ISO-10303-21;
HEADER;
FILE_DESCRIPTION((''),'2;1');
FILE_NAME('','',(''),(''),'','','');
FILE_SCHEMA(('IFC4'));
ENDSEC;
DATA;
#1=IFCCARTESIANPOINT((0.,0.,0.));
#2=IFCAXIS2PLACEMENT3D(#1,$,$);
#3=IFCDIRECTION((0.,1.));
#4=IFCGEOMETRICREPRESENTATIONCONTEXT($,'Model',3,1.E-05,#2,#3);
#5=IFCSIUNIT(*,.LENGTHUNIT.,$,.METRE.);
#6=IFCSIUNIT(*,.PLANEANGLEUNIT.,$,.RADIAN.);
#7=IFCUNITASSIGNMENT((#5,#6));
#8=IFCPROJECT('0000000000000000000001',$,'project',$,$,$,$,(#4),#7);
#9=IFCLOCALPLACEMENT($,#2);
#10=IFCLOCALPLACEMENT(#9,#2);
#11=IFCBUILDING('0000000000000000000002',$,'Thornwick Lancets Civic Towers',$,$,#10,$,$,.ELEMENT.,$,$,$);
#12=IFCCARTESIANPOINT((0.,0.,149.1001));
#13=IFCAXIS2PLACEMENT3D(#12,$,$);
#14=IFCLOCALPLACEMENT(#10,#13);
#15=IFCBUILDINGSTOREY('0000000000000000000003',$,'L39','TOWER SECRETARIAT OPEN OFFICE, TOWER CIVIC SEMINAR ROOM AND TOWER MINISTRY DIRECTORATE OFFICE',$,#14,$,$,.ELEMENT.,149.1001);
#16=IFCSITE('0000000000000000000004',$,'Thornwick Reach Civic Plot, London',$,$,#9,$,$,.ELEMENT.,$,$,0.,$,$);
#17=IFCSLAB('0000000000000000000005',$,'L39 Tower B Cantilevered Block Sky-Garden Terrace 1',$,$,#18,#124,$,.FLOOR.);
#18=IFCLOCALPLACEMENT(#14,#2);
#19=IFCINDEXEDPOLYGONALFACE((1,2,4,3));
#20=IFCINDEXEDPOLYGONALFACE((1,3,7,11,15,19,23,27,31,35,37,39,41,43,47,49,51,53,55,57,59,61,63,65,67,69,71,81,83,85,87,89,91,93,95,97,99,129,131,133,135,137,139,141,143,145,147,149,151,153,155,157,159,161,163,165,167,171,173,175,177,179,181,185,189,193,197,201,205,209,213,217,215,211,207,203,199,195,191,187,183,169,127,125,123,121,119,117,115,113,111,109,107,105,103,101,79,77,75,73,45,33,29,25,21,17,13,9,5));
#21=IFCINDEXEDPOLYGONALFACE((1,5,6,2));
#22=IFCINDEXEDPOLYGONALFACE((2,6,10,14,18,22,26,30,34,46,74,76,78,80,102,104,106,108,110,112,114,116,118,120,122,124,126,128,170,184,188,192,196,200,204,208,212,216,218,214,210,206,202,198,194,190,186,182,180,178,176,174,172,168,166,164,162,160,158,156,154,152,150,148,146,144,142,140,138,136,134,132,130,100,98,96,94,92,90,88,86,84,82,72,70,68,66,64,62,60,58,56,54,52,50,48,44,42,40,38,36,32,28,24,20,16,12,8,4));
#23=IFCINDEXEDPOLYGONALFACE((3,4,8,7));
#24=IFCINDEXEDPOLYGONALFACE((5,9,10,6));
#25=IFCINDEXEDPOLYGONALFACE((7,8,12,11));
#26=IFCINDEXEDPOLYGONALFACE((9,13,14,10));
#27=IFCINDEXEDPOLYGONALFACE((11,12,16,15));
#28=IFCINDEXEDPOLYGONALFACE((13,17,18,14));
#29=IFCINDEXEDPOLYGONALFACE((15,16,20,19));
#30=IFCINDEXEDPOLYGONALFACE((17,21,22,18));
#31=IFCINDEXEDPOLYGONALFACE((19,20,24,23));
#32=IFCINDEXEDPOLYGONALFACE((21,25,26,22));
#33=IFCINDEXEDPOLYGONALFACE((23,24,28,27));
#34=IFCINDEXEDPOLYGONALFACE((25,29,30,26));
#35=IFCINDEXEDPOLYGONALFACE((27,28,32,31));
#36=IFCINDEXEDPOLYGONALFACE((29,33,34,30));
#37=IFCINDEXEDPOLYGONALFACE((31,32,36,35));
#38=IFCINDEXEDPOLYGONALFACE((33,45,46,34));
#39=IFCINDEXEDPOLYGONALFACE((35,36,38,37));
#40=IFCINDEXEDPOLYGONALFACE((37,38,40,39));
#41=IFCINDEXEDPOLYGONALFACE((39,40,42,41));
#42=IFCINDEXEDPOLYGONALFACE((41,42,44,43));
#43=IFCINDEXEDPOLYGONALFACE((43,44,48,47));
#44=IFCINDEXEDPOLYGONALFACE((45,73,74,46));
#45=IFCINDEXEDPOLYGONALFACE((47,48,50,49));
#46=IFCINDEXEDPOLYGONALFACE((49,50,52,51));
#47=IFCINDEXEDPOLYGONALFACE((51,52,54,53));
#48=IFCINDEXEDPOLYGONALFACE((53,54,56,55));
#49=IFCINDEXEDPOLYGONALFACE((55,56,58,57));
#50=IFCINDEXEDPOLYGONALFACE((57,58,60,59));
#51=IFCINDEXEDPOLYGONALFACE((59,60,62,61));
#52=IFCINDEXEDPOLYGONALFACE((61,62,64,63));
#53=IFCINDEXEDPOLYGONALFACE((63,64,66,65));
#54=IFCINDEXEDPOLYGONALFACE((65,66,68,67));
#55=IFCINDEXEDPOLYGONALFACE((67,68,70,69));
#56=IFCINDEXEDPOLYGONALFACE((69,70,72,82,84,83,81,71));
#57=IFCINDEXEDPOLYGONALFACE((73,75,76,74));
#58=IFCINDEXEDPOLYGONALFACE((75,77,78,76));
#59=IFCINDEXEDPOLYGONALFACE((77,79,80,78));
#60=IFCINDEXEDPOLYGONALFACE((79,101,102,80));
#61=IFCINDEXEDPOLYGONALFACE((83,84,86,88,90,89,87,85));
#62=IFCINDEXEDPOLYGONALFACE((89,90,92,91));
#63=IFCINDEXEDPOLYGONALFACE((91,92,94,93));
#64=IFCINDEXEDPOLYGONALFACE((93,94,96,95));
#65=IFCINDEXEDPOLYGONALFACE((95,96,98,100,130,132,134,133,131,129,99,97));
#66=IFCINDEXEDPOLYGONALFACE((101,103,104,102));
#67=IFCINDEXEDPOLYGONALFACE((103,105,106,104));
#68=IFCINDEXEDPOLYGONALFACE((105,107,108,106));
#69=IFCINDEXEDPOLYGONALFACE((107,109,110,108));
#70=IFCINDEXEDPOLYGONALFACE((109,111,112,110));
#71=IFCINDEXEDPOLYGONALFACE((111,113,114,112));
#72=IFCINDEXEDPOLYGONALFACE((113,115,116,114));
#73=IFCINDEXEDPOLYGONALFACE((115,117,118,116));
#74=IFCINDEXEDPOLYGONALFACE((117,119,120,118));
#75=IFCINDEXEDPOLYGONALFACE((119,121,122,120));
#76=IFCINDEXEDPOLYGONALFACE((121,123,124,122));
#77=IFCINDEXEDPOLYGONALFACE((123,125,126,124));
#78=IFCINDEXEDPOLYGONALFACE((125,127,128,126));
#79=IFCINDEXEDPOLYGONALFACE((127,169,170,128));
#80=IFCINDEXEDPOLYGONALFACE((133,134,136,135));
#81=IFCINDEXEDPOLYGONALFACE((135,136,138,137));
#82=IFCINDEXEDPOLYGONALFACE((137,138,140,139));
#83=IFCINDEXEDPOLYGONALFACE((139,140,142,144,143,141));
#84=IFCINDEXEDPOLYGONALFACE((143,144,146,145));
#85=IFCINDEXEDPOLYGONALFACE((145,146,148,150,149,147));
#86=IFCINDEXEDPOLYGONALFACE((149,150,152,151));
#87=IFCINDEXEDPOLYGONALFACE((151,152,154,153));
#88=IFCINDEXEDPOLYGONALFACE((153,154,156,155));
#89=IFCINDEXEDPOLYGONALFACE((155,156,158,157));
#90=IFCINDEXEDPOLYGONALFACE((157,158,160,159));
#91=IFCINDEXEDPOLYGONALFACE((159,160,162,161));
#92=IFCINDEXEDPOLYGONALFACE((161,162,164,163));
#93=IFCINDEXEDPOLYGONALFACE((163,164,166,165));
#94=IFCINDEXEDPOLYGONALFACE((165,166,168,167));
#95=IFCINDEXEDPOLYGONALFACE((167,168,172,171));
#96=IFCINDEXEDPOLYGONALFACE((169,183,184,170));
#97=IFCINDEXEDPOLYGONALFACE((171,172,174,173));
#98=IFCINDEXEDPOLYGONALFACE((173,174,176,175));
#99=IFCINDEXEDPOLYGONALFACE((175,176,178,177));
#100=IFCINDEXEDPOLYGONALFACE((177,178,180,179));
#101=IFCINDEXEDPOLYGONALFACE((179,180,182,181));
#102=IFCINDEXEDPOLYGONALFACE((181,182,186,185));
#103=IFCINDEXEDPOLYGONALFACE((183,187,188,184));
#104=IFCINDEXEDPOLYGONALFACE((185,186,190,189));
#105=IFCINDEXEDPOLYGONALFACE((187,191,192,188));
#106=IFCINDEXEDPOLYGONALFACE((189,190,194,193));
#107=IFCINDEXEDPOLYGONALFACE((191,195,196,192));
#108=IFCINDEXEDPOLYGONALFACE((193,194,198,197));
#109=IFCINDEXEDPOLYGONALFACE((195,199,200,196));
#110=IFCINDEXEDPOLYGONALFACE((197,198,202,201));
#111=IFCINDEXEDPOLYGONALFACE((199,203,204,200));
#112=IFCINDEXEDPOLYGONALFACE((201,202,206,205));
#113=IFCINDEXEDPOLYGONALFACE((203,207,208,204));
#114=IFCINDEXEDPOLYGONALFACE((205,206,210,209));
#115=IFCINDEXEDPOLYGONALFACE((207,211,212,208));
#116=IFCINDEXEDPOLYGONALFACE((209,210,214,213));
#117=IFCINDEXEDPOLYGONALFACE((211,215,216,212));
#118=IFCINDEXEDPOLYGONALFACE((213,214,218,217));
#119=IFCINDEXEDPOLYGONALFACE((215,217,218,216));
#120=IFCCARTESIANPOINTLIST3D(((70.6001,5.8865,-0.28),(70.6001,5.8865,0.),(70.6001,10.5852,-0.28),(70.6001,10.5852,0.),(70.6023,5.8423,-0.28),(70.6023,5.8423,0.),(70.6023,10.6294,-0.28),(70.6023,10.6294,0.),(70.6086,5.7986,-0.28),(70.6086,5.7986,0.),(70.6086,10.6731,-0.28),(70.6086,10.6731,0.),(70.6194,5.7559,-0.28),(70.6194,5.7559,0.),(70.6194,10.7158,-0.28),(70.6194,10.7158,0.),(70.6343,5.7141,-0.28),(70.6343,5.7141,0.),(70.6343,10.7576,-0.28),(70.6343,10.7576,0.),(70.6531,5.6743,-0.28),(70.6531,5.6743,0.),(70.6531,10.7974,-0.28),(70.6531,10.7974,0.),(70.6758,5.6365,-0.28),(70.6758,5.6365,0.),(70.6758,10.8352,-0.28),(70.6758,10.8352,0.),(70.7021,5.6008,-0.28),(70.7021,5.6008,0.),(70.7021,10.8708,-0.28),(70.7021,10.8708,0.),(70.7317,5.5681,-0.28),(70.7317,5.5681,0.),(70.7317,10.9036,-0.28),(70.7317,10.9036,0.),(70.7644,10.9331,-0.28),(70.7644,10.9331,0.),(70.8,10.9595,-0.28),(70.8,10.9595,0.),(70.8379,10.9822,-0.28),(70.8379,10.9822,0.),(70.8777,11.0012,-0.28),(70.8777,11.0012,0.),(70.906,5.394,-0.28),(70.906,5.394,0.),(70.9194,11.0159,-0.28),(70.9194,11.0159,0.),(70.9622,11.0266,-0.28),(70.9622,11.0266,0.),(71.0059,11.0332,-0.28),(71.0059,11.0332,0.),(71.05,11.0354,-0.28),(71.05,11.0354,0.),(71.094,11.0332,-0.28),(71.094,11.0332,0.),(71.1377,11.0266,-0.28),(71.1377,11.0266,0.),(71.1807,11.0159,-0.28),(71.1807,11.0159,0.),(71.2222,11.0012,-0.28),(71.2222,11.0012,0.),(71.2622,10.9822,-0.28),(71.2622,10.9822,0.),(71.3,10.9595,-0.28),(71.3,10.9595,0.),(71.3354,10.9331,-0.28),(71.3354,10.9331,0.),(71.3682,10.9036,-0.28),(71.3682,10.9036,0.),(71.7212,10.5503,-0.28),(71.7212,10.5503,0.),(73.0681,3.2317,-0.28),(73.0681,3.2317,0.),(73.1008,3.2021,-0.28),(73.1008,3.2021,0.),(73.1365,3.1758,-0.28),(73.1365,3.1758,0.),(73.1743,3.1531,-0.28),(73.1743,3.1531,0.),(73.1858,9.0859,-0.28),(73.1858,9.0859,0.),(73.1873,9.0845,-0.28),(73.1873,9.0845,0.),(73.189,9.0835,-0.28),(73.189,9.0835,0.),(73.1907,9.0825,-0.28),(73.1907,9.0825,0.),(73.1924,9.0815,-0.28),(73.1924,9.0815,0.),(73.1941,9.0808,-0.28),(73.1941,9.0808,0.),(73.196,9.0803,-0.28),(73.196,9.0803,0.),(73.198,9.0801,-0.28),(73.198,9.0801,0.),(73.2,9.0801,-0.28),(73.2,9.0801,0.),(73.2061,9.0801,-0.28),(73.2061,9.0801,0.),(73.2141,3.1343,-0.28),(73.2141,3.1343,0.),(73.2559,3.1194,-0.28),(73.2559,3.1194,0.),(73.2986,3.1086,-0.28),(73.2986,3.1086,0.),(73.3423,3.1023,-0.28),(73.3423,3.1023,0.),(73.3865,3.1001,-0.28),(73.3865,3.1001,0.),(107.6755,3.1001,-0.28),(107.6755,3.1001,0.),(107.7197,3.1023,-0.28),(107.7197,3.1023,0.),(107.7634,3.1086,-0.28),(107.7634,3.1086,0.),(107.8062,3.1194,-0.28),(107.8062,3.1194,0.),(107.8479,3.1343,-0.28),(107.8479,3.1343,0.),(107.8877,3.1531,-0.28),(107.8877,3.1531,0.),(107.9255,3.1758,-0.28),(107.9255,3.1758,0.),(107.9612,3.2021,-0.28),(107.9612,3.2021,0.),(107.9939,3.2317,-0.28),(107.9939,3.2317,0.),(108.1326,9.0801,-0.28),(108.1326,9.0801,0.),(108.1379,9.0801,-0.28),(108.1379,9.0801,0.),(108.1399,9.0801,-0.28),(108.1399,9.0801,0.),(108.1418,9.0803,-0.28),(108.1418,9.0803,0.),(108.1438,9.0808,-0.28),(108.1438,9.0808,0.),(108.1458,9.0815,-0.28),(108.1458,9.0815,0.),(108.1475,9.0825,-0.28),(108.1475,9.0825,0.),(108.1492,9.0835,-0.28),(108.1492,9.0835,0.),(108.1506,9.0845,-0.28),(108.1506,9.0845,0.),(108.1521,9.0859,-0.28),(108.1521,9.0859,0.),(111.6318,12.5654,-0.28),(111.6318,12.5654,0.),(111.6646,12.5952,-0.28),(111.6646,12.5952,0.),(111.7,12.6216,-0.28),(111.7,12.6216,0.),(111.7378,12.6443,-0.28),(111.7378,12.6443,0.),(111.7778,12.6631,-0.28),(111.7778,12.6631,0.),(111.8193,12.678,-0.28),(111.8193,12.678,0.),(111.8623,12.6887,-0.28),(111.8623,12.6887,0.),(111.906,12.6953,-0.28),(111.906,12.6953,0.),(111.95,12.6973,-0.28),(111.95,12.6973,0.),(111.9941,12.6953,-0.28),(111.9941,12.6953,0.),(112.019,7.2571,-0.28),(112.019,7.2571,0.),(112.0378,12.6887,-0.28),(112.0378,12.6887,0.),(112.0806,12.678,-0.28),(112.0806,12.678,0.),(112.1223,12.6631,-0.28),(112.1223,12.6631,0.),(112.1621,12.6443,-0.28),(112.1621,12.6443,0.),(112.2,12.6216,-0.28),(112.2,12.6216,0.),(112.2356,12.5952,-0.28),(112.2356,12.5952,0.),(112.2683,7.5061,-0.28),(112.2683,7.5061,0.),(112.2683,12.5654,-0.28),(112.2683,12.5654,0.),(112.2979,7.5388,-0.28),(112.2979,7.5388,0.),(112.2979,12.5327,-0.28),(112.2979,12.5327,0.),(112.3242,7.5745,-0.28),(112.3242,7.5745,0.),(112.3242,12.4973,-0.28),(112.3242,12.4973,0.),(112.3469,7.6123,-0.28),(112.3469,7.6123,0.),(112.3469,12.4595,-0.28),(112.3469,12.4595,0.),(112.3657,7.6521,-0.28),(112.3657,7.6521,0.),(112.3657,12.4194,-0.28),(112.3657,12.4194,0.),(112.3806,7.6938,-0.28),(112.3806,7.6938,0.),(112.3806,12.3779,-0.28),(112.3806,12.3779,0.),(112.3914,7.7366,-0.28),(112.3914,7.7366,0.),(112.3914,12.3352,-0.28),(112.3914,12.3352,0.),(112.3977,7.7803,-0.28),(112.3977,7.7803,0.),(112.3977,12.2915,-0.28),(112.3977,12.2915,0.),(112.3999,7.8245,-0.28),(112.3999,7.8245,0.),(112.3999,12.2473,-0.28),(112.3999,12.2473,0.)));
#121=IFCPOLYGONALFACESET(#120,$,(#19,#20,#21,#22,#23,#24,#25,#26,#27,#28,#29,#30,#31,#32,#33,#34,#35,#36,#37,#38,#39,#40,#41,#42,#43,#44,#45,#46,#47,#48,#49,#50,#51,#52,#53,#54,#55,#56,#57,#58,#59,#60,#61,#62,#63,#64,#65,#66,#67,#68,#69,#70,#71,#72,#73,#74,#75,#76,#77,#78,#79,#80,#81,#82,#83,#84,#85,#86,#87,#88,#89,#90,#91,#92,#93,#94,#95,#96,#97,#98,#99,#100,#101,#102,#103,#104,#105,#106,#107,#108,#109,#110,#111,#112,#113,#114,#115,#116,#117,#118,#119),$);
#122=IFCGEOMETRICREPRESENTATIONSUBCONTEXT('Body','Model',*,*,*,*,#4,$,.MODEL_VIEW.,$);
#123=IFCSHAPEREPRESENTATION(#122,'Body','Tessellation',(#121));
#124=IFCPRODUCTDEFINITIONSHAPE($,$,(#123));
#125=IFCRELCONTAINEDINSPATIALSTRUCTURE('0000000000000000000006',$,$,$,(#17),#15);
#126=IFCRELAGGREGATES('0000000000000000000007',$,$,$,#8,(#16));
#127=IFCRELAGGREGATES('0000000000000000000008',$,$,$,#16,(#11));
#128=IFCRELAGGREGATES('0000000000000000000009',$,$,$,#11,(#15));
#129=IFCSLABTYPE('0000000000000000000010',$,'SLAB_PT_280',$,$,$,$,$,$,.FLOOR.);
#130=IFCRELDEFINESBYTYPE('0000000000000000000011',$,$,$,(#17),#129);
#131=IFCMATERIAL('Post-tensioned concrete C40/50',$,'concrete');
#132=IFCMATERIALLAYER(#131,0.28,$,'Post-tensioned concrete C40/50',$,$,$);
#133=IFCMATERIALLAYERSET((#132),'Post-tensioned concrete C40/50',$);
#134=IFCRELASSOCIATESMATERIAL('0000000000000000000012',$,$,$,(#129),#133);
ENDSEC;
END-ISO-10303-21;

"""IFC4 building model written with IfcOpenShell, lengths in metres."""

from ifc_helpers import new_model, si_unit, direction, frame, origin, place, context, subcontext, project, spatial, polyline, outline, extrude, material, layer, layer_set, type_object, element, save


model = new_model("IFC4")

# Units and contexts
model_context = context("Model", 3, precision=1e-05, world=origin(), true_north=direction((0.0, 1.0)))
body_context = subcontext(model_context, "Body", "Model", "MODEL_VIEW")
ifc_project = project(units=[si_unit("LENGTHUNIT", "METRE"), si_unit("PLANEANGLEUNIT", "RADIAN")], contexts=[model_context])

# Site, building, storey
site_placement = place(None, origin())
site = spatial("IfcSite", under=ifc_project, at=site_placement, Name="Thornwick Reach Civic Plot, London", CompositionType="ELEMENT", RefElevation=0.0)
building_placement = place(site_placement, origin())
building = spatial("IfcBuilding", under=site, at=building_placement, Name="Thornwick Lancets Civic Towers", CompositionType="ELEMENT")
storey_placement = place(building_placement, frame((0.0, 0.0, 149.1001)))
storey = spatial("IfcBuildingStorey", under=building, at=storey_placement, Name="L39", Description="TOWER SECRETARIAT OPEN OFFICE, TOWER CIVIC SEMINAR ROOM AND TOWER MINISTRY DIRECTORATE OFFICE", CompositionType="ELEMENT", Elevation=149.1001)

# Slab
ifc_material_1 = material(Name="Post-tensioned concrete C40/50", Category="concrete")
ifc_layer_1 = layer(ifc_material_1, 0.28, Name="Post-tensioned concrete C40/50")
ifc_layer_set_1 = layer_set([ifc_layer_1], Name="Post-tensioned concrete C40/50")
slab_type_1 = type_object("IfcSlabType", Name="SLAB_PT_280", PredefinedType="FLOOR", material=ifc_layer_set_1)
slab_1_placement = place(storey_placement, frame((0.0, 0.0, -0.28)))
element("IfcSlab", 1, at=slab_1_placement, inside=storey, type_object=slab_type_1, Name="L39 Tower B Cantilevered Block Sky-Garden Terrace 1", PredefinedType="FLOOR", context=body_context, shape_type="SweptSolid", body=[
    extrude(outline(polyline([(112.3977, 7.7803), (112.3914, 7.7366), (112.3806, 7.6938), (112.3657, 7.6521), (112.3469, 7.6123), (112.3242, 7.5745), (112.2979, 7.5388), (112.2683, 7.5061), (112.019, 7.2571), (107.9939, 3.2317), (107.9612, 3.2021), (107.9255, 3.1758), (107.8877, 3.1531), (107.8479, 3.1343), (107.8062, 3.1194), (107.7634, 3.1086), (107.7197, 3.1023), (107.6755, 3.1001), (73.3865, 3.1001), (73.3423, 3.1023), (73.2986, 3.1086), (73.2559, 3.1194), (73.2141, 3.1343), (73.1743, 3.1531), (73.1365, 3.1758), (73.1008, 3.2021), (73.0681, 3.2317), (70.906, 5.394), (70.7317, 5.5681), (70.7021, 5.6008), (70.6758, 5.6365), (70.6531, 5.6743), (70.6343, 5.7141), (70.6194, 5.7559), (70.6086, 5.7986), (70.6023, 5.8423), (70.6001, 5.8865), (70.6001, 10.5852), (70.6023, 10.6294), (70.6086, 10.6731), (70.6194, 10.7158), (70.6343, 10.7576), (70.6531, 10.7974), (70.6758, 10.8352), (70.7021, 10.8708), (70.7317, 10.9036), (70.7644, 10.9331), (70.8, 10.9595), (70.8379, 10.9822), (70.8777, 11.0012), (70.9194, 11.0159), (70.9622, 11.0266), (71.0059, 11.0332), (71.05, 11.0354), (71.094, 11.0332), (71.1377, 11.0266), (71.1807, 11.0159), (71.2222, 11.0012), (71.2622, 10.9822), (71.3, 10.9595), (71.3354, 10.9331), (71.3682, 10.9036), (71.7212, 10.5503), (73.1858, 9.0859), (73.1873, 9.0845), (73.189, 9.0835), (73.1907, 9.0825), (73.1924, 9.0815), (73.1941, 9.0808), (73.196, 9.0803), (73.198, 9.0801), (73.2, 9.0801), (73.2061, 9.0801), (108.1326, 9.0801), (108.1379, 9.0801), (108.1399, 9.0801), (108.1418, 9.0803), (108.1438, 9.0808), (108.1458, 9.0815), (108.1475, 9.0825), (108.1492, 9.0835), (108.1506, 9.0845), (108.1521, 9.0859), (111.6318, 12.5654), (111.6646, 12.5952), (111.7, 12.6216), (111.7378, 12.6443), (111.7778, 12.6631), (111.8193, 12.678), (111.8623, 12.6887), (111.906, 12.6953), (111.95, 12.6973), (111.9941, 12.6953), (112.0378, 12.6887), (112.0806, 12.678), (112.1223, 12.6631), (112.1621, 12.6443), (112.2, 12.6216), (112.2356, 12.5952), (112.2683, 12.5654), (112.2979, 12.5327), (112.3242, 12.4973), (112.3469, 12.4595), (112.3657, 12.4194), (112.3806, 12.3779), (112.3914, 12.3352), (112.3977, 12.2915), (112.3999, 12.2473), (112.3999, 7.8245), (112.3977, 7.7803)])), origin(), (0.0, 0.0, 1.0), 0.28),
])

save(model, "model.ifc")
